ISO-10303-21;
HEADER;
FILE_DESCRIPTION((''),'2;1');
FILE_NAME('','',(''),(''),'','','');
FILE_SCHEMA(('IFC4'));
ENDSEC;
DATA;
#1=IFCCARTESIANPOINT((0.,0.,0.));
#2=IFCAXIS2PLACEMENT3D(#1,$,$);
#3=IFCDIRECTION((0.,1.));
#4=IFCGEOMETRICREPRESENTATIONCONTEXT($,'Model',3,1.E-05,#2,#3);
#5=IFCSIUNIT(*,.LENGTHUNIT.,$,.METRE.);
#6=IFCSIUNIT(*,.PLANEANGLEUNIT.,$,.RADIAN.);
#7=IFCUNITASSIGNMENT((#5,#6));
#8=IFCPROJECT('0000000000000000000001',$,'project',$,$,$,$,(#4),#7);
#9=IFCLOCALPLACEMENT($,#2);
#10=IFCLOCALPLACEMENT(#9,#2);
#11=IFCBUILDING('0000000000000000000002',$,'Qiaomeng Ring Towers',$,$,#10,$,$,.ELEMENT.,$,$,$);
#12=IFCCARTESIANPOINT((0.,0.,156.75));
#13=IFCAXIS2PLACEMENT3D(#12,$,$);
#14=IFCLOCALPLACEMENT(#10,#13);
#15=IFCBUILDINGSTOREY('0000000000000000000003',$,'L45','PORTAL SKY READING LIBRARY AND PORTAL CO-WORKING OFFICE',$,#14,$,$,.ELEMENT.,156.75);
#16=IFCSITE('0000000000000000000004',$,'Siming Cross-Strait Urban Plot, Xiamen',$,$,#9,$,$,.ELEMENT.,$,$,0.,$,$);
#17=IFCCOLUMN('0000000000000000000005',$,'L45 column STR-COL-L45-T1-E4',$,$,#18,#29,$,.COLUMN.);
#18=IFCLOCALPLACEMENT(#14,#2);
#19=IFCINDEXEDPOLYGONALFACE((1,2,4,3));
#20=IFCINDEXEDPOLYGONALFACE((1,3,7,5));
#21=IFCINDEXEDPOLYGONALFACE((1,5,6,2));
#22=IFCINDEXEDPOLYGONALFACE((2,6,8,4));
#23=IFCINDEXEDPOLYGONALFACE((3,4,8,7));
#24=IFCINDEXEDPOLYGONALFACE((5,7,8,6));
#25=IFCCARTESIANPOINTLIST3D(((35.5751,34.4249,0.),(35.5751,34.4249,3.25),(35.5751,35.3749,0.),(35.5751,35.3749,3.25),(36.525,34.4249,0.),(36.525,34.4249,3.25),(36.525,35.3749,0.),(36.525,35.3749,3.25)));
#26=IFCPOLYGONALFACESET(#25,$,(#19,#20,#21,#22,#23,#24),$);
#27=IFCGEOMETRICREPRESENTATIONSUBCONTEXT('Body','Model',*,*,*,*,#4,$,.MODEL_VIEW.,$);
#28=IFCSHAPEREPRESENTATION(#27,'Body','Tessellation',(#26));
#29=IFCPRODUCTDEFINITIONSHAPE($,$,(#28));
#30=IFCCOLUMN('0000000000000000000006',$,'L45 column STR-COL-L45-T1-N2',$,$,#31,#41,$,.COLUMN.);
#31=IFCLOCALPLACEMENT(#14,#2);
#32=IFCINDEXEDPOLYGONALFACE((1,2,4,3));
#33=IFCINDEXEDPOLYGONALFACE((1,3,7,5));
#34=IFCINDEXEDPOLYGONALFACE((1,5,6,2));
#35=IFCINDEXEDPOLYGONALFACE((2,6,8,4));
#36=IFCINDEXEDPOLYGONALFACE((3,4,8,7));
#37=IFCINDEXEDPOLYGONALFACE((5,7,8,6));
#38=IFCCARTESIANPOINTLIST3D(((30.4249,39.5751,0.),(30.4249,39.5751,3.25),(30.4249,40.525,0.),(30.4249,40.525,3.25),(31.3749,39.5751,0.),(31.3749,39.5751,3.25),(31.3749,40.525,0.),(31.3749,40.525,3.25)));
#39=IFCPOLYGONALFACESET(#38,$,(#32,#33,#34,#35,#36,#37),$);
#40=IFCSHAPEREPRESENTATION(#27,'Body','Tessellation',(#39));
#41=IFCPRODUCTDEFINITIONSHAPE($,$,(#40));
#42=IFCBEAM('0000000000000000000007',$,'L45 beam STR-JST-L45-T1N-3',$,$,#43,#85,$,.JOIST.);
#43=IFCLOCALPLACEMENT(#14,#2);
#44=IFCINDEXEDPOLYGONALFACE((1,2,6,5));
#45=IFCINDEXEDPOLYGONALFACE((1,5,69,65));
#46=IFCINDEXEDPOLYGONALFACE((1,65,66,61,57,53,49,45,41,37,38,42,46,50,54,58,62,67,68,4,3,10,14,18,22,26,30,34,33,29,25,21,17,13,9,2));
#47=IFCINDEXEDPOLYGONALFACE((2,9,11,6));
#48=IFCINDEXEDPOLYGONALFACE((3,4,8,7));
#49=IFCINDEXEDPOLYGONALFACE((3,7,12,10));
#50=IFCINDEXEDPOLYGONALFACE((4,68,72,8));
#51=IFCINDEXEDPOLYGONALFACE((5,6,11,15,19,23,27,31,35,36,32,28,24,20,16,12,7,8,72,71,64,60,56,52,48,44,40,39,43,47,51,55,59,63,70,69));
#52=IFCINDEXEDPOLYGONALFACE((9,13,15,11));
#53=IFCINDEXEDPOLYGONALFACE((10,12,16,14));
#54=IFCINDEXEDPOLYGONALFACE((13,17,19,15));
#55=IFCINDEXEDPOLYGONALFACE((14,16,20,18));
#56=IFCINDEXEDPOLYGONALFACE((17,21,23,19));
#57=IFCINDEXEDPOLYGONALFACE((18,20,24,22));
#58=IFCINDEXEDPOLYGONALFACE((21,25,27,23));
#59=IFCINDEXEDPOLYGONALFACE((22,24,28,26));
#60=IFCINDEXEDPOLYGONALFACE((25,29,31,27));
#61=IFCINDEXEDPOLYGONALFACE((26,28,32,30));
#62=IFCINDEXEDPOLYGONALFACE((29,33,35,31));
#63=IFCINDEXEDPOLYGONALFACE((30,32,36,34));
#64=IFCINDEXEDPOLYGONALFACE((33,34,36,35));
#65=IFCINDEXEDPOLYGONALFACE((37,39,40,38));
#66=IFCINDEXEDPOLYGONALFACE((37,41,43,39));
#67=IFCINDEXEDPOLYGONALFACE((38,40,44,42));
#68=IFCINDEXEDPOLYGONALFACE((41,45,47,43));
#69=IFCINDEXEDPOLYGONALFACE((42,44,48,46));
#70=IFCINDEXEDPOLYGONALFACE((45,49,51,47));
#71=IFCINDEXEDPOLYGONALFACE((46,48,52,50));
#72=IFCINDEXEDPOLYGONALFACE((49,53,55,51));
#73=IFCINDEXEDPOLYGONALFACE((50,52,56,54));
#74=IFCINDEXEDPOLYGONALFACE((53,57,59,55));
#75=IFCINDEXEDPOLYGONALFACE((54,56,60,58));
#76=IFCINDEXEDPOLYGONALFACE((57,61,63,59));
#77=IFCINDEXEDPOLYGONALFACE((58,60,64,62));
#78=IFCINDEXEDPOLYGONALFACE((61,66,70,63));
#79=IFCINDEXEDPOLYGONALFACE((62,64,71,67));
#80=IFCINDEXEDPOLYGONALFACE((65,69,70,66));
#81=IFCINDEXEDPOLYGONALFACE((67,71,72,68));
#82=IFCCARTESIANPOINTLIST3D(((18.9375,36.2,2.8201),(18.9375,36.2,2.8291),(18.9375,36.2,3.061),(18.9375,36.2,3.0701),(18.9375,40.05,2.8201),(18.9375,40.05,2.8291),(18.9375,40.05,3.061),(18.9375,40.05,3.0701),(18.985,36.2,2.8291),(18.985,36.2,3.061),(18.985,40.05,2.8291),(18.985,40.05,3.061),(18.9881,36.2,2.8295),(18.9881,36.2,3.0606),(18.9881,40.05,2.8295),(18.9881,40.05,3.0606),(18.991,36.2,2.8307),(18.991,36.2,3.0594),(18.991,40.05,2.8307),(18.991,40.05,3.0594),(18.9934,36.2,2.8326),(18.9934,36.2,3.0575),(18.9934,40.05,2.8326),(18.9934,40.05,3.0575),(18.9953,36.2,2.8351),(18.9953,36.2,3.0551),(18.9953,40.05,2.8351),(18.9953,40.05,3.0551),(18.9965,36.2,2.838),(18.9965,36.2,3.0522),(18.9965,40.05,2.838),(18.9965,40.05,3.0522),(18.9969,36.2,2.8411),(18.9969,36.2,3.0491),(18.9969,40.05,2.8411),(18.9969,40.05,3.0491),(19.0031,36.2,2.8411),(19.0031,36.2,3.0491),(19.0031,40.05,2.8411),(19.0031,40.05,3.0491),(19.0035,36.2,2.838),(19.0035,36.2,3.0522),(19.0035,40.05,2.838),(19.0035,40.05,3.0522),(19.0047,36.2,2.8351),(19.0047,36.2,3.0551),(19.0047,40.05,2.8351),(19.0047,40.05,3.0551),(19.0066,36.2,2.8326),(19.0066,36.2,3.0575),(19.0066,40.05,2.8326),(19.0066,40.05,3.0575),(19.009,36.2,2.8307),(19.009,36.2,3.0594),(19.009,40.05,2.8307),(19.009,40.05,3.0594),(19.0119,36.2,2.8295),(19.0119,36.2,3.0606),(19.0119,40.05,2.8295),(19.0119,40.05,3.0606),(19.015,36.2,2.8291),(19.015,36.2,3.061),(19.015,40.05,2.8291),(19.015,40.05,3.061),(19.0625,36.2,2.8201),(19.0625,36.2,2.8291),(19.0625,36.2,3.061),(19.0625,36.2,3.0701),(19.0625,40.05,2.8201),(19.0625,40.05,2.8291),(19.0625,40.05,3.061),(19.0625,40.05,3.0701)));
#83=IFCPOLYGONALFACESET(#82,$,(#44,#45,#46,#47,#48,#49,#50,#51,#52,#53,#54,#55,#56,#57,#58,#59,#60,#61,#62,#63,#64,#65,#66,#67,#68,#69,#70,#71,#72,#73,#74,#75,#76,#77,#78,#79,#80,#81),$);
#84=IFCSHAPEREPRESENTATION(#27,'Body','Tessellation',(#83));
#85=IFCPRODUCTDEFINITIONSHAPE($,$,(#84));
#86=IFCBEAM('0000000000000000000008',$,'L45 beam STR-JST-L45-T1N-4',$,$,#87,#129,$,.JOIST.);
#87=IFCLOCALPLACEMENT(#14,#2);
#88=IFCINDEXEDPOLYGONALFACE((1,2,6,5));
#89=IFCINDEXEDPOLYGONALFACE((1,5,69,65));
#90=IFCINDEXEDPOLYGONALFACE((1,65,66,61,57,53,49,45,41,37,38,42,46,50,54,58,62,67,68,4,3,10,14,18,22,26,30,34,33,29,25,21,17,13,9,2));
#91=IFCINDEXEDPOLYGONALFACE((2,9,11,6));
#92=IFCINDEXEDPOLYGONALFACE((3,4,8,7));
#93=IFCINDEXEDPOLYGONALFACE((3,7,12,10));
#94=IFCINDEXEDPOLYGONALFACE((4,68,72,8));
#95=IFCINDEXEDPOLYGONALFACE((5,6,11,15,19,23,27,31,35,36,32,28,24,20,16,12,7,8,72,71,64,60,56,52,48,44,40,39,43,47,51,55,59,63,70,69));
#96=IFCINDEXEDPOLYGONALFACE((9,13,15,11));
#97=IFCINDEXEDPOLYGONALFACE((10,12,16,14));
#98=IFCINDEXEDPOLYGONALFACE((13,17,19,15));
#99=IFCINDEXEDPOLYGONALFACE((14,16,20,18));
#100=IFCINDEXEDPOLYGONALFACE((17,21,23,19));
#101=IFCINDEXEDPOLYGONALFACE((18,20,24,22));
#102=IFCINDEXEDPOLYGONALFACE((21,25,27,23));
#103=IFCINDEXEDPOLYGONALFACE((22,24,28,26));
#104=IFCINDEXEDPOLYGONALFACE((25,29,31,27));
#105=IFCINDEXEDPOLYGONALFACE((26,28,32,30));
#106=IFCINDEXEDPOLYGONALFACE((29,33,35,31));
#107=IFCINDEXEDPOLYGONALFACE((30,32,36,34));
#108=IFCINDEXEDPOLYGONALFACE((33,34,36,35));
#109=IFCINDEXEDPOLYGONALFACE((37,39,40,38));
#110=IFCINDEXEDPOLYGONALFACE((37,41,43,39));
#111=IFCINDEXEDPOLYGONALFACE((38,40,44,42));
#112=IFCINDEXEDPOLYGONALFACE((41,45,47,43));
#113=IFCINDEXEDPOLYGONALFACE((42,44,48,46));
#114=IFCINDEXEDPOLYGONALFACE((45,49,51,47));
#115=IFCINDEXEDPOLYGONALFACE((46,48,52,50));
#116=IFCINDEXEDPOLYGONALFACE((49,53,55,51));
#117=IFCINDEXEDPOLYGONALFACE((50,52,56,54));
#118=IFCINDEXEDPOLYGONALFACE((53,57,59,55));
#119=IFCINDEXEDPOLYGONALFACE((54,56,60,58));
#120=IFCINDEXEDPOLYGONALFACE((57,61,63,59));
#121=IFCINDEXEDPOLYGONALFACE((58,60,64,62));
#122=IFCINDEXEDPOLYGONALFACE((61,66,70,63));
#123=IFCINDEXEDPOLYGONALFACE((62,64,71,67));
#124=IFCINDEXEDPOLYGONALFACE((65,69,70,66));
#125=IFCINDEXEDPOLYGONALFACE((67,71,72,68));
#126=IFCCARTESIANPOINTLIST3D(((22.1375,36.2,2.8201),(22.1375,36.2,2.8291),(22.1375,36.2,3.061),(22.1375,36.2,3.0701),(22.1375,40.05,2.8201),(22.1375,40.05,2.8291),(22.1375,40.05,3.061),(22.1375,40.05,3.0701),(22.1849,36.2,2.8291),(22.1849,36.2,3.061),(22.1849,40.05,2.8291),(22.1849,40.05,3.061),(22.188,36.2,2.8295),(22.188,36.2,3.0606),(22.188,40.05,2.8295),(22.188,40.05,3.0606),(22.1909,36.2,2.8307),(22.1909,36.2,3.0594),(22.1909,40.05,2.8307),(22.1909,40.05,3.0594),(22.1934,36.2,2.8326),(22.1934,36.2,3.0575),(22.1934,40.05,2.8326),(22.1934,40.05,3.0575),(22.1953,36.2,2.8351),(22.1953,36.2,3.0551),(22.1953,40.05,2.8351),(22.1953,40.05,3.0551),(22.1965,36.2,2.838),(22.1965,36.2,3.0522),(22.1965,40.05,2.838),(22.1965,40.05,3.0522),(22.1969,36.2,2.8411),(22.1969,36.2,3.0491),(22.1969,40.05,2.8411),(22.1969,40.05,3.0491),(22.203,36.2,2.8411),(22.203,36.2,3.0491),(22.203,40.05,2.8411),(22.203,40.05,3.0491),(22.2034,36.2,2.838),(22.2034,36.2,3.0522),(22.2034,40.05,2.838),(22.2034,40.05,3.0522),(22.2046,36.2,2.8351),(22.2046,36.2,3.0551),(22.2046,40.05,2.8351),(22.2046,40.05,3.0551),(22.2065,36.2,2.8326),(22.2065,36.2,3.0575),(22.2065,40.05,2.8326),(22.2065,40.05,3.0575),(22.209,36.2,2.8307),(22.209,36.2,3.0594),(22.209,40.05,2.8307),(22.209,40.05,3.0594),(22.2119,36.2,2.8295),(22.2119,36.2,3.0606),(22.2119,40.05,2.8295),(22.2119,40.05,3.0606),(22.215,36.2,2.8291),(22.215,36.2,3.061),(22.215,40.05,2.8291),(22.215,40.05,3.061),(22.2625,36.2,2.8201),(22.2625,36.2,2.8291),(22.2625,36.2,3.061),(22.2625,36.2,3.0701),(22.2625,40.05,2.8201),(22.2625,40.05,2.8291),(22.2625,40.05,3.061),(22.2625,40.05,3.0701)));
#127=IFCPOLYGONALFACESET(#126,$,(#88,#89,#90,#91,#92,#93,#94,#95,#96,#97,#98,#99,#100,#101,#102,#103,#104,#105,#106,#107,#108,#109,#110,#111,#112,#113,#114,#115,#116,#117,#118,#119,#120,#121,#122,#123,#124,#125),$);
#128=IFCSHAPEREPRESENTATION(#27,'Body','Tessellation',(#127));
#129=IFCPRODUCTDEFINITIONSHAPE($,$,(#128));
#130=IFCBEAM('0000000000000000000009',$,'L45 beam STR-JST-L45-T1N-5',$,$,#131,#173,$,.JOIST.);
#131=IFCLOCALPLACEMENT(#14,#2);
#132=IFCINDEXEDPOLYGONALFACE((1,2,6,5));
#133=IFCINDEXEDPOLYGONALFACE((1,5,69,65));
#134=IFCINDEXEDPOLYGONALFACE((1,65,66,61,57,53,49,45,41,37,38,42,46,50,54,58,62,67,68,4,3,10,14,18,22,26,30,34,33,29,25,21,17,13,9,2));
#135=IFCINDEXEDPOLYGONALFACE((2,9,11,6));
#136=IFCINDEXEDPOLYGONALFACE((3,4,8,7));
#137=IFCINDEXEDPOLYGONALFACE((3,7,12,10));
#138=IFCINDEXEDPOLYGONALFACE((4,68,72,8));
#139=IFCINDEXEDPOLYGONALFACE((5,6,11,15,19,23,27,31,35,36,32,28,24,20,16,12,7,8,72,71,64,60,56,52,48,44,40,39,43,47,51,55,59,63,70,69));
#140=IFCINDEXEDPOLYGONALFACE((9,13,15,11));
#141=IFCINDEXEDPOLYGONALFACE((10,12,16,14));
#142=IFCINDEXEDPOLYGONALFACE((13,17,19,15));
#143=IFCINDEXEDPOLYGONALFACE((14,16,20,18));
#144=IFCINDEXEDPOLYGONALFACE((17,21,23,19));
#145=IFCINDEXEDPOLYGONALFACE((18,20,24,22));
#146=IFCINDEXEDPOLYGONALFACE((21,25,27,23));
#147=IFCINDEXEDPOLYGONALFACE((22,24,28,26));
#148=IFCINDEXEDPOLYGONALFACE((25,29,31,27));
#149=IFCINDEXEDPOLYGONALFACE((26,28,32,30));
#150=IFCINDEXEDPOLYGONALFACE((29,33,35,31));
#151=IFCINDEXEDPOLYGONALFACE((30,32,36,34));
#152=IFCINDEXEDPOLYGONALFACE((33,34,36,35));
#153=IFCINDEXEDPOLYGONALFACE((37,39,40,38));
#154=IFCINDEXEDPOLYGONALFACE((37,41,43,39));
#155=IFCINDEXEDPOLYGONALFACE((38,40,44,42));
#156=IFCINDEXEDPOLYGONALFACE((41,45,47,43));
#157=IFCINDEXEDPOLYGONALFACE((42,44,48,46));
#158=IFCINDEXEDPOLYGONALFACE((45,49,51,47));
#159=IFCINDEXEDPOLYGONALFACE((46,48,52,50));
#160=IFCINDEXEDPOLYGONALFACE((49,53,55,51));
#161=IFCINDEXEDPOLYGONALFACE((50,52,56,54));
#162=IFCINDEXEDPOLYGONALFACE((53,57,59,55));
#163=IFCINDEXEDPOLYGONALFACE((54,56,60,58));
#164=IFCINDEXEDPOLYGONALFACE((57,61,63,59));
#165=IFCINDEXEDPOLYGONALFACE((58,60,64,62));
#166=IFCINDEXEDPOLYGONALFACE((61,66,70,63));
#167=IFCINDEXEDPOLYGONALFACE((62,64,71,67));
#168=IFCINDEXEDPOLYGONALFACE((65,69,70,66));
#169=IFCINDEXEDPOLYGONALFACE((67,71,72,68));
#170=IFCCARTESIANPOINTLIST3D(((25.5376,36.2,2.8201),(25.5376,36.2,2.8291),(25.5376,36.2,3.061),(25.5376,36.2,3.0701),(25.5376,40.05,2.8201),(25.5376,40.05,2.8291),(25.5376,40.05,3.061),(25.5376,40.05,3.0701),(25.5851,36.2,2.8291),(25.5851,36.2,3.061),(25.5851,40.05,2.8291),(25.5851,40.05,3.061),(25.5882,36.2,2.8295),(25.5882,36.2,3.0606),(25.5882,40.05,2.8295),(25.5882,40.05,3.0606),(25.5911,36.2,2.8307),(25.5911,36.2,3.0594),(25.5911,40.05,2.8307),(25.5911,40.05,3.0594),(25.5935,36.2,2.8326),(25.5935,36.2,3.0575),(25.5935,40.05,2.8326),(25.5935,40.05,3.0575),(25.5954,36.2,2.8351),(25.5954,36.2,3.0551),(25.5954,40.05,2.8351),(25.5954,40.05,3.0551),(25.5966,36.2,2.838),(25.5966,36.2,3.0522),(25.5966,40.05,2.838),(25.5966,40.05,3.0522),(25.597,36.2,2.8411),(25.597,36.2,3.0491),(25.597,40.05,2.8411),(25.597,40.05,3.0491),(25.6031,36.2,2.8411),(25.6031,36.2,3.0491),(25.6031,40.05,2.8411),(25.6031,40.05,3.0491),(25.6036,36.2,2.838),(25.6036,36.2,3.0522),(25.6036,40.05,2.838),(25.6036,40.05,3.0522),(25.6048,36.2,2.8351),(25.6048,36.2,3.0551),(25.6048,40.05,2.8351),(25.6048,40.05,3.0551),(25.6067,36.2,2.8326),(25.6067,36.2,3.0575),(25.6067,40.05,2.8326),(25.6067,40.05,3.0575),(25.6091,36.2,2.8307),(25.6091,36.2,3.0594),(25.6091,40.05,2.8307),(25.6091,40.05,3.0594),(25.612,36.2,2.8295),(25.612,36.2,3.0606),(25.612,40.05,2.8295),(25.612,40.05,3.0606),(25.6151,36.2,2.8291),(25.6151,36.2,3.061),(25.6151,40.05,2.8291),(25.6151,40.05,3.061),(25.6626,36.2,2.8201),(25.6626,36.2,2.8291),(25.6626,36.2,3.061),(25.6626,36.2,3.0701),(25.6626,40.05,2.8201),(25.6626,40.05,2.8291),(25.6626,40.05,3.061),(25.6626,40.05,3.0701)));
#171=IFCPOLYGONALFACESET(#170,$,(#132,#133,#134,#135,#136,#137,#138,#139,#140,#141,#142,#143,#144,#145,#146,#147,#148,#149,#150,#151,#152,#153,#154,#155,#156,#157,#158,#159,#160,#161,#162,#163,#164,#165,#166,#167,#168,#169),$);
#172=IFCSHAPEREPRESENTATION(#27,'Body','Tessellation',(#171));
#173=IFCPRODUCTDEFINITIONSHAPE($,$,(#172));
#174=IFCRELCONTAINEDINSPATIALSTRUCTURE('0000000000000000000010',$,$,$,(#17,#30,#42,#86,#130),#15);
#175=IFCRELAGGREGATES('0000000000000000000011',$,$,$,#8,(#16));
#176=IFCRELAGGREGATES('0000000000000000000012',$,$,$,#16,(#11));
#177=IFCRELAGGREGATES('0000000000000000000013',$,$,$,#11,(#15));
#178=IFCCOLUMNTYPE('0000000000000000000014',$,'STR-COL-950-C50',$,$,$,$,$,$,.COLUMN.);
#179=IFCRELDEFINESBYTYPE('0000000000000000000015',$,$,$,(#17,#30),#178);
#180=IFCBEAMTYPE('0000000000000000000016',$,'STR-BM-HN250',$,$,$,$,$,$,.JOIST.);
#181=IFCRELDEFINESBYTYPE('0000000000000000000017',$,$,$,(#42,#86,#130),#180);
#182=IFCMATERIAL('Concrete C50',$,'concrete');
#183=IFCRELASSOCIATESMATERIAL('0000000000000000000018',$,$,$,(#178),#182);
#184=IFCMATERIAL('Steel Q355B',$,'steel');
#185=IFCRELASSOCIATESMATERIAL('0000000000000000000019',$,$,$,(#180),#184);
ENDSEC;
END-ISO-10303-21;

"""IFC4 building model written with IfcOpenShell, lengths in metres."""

from ifc_helpers import new_model, si_unit, direction, frame, origin, origin_2d, place, context, subcontext, project, spatial, rectangle, i_section, extrude, source, transform, mapped, material, material_profile, profile_set, type_object, element, save


model = new_model("IFC4")

# Units and contexts
model_context = context("Model", 3, precision=1e-05, world=origin(), true_north=direction((0.0, 1.0)))
body_context = subcontext(model_context, "Body", "Model", "MODEL_VIEW")
ifc_project = project(units=[si_unit("LENGTHUNIT", "METRE"), si_unit("PLANEANGLEUNIT", "RADIAN")], contexts=[model_context])

# Site, building, storey
site_placement = place(None, origin())
site = spatial("IfcSite", under=ifc_project, at=site_placement, Name="Siming Cross-Strait Urban Plot, Xiamen", CompositionType="ELEMENT", RefElevation=0.0)
building_placement = place(site_placement, origin())
building = spatial("IfcBuilding", under=site, at=building_placement, Name="Qiaomeng Ring Towers", CompositionType="ELEMENT")
storey_placement = place(building_placement, frame((0.0, 0.0, 156.75)))
storey = spatial("IfcBuildingStorey", under=building, at=storey_placement, Name="L45", Description="PORTAL SKY READING LIBRARY AND PORTAL CO-WORKING OFFICE", CompositionType="ELEMENT", Elevation=156.75)

# Columns
ifc_material_1 = material(Name="Concrete C50", Category="concrete")
ifc_material_profile_1 = material_profile(ifc_material_1, rectangle(XDim=0.95, YDim=0.95, at=origin_2d()), Name="RC COL 950x950")
ifc_profile_set_1 = profile_set([ifc_material_profile_1], Name="Concrete C50")
column_type = type_object("IfcColumnType", Name="STR-COL-950-C50", PredefinedType="COLUMN", material=ifc_profile_set_1)
shared_shape_1 = source(origin(), body_context, "Body", "SweptSolid", [
    extrude(rectangle(XDim=0.95, YDim=0.95, at=origin_2d()), origin(), (0.0, 0.0, 1.0), 3.25),
])
for number, where, z_axis, x_axis, name in (
    (1, (36.05, 34.8999, 0.0), (0.0, 0.0, 1.0), (1.0, 0.0, 0.0), "L45 column STR-COL-L45-T1-E4"),
    (2, (30.8999, 40.05, 0.0), (0.0, 0.0, 1.0), (1.0, 0.0, 0.0), "L45 column STR-COL-L45-T1-N2"),
):
    element("IfcColumn", number, at=place(storey_placement, frame(where, z_axis=z_axis, x_axis=x_axis)), inside=storey, type_object=column_type, Name=name, PredefinedType="COLUMN", context=body_context, shape_type="MappedRepresentation", body=[
        mapped(shared_shape_1, transform((0.0, 0.0, 0.0), x_axis=(1.0, 0.0, 0.0), y_axis=(0.0, 1.0, 0.0), z_axis=(0.0, 0.0, 1.0), scale=1.0)),
    ])

# Beams
ifc_material_2 = material(Name="Steel Q355B", Category="steel")
ifc_material_profile_2 = material_profile(ifc_material_2, i_section(OverallWidth=0.125, OverallDepth=0.25, WebThickness=0.0061, FlangeThickness=0.009, FilletRadius=0.012, at=origin_2d()), Name="HN 250x125x6x9")
ifc_profile_set_2 = profile_set([ifc_material_profile_2], Name="Steel Q355B")
beam_type_1 = type_object("IfcBeamType", Name="STR-BM-HN250", PredefinedType="JOIST", material=ifc_profile_set_2)
shared_shape_2 = source(origin(), body_context, "Body", "SweptSolid", [
    extrude(i_section(OverallWidth=0.125, OverallDepth=0.25, WebThickness=0.0061, FlangeThickness=0.009, FilletRadius=0.012, at=origin_2d()), origin(), (0.0, 0.0, 1.0), 3.8501),
])
for number, where, z_axis, x_axis, name in (
    (3, (19.0, 36.2, 2.9451), (0.0, 1.0, 0.0), (-1.0, 0.0, 0.0), "L45 beam STR-JST-L45-T1N-3"),
    (4, (22.2, 36.2, 2.9451), (0.0, 1.0, 0.0), (-1.0, 0.0, 0.0), "L45 beam STR-JST-L45-T1N-4"),
    (5, (25.6001, 36.2, 2.9451), (0.0, 1.0, 0.0), (-1.0, 0.0, 0.0), "L45 beam STR-JST-L45-T1N-5"),
):
    element("IfcBeam", number, at=place(storey_placement, frame(where, z_axis=z_axis, x_axis=x_axis)), inside=storey, type_object=beam_type_1, Name=name, PredefinedType="JOIST", context=body_context, shape_type="MappedRepresentation", body=[
        mapped(shared_shape_2, transform((0.0, 0.0, 0.0), x_axis=(1.0, 0.0, 0.0), y_axis=(0.0, 1.0, 0.0), z_axis=(0.0, 0.0, 1.0), scale=1.0)),
    ])

save(model, "model.ifc")
